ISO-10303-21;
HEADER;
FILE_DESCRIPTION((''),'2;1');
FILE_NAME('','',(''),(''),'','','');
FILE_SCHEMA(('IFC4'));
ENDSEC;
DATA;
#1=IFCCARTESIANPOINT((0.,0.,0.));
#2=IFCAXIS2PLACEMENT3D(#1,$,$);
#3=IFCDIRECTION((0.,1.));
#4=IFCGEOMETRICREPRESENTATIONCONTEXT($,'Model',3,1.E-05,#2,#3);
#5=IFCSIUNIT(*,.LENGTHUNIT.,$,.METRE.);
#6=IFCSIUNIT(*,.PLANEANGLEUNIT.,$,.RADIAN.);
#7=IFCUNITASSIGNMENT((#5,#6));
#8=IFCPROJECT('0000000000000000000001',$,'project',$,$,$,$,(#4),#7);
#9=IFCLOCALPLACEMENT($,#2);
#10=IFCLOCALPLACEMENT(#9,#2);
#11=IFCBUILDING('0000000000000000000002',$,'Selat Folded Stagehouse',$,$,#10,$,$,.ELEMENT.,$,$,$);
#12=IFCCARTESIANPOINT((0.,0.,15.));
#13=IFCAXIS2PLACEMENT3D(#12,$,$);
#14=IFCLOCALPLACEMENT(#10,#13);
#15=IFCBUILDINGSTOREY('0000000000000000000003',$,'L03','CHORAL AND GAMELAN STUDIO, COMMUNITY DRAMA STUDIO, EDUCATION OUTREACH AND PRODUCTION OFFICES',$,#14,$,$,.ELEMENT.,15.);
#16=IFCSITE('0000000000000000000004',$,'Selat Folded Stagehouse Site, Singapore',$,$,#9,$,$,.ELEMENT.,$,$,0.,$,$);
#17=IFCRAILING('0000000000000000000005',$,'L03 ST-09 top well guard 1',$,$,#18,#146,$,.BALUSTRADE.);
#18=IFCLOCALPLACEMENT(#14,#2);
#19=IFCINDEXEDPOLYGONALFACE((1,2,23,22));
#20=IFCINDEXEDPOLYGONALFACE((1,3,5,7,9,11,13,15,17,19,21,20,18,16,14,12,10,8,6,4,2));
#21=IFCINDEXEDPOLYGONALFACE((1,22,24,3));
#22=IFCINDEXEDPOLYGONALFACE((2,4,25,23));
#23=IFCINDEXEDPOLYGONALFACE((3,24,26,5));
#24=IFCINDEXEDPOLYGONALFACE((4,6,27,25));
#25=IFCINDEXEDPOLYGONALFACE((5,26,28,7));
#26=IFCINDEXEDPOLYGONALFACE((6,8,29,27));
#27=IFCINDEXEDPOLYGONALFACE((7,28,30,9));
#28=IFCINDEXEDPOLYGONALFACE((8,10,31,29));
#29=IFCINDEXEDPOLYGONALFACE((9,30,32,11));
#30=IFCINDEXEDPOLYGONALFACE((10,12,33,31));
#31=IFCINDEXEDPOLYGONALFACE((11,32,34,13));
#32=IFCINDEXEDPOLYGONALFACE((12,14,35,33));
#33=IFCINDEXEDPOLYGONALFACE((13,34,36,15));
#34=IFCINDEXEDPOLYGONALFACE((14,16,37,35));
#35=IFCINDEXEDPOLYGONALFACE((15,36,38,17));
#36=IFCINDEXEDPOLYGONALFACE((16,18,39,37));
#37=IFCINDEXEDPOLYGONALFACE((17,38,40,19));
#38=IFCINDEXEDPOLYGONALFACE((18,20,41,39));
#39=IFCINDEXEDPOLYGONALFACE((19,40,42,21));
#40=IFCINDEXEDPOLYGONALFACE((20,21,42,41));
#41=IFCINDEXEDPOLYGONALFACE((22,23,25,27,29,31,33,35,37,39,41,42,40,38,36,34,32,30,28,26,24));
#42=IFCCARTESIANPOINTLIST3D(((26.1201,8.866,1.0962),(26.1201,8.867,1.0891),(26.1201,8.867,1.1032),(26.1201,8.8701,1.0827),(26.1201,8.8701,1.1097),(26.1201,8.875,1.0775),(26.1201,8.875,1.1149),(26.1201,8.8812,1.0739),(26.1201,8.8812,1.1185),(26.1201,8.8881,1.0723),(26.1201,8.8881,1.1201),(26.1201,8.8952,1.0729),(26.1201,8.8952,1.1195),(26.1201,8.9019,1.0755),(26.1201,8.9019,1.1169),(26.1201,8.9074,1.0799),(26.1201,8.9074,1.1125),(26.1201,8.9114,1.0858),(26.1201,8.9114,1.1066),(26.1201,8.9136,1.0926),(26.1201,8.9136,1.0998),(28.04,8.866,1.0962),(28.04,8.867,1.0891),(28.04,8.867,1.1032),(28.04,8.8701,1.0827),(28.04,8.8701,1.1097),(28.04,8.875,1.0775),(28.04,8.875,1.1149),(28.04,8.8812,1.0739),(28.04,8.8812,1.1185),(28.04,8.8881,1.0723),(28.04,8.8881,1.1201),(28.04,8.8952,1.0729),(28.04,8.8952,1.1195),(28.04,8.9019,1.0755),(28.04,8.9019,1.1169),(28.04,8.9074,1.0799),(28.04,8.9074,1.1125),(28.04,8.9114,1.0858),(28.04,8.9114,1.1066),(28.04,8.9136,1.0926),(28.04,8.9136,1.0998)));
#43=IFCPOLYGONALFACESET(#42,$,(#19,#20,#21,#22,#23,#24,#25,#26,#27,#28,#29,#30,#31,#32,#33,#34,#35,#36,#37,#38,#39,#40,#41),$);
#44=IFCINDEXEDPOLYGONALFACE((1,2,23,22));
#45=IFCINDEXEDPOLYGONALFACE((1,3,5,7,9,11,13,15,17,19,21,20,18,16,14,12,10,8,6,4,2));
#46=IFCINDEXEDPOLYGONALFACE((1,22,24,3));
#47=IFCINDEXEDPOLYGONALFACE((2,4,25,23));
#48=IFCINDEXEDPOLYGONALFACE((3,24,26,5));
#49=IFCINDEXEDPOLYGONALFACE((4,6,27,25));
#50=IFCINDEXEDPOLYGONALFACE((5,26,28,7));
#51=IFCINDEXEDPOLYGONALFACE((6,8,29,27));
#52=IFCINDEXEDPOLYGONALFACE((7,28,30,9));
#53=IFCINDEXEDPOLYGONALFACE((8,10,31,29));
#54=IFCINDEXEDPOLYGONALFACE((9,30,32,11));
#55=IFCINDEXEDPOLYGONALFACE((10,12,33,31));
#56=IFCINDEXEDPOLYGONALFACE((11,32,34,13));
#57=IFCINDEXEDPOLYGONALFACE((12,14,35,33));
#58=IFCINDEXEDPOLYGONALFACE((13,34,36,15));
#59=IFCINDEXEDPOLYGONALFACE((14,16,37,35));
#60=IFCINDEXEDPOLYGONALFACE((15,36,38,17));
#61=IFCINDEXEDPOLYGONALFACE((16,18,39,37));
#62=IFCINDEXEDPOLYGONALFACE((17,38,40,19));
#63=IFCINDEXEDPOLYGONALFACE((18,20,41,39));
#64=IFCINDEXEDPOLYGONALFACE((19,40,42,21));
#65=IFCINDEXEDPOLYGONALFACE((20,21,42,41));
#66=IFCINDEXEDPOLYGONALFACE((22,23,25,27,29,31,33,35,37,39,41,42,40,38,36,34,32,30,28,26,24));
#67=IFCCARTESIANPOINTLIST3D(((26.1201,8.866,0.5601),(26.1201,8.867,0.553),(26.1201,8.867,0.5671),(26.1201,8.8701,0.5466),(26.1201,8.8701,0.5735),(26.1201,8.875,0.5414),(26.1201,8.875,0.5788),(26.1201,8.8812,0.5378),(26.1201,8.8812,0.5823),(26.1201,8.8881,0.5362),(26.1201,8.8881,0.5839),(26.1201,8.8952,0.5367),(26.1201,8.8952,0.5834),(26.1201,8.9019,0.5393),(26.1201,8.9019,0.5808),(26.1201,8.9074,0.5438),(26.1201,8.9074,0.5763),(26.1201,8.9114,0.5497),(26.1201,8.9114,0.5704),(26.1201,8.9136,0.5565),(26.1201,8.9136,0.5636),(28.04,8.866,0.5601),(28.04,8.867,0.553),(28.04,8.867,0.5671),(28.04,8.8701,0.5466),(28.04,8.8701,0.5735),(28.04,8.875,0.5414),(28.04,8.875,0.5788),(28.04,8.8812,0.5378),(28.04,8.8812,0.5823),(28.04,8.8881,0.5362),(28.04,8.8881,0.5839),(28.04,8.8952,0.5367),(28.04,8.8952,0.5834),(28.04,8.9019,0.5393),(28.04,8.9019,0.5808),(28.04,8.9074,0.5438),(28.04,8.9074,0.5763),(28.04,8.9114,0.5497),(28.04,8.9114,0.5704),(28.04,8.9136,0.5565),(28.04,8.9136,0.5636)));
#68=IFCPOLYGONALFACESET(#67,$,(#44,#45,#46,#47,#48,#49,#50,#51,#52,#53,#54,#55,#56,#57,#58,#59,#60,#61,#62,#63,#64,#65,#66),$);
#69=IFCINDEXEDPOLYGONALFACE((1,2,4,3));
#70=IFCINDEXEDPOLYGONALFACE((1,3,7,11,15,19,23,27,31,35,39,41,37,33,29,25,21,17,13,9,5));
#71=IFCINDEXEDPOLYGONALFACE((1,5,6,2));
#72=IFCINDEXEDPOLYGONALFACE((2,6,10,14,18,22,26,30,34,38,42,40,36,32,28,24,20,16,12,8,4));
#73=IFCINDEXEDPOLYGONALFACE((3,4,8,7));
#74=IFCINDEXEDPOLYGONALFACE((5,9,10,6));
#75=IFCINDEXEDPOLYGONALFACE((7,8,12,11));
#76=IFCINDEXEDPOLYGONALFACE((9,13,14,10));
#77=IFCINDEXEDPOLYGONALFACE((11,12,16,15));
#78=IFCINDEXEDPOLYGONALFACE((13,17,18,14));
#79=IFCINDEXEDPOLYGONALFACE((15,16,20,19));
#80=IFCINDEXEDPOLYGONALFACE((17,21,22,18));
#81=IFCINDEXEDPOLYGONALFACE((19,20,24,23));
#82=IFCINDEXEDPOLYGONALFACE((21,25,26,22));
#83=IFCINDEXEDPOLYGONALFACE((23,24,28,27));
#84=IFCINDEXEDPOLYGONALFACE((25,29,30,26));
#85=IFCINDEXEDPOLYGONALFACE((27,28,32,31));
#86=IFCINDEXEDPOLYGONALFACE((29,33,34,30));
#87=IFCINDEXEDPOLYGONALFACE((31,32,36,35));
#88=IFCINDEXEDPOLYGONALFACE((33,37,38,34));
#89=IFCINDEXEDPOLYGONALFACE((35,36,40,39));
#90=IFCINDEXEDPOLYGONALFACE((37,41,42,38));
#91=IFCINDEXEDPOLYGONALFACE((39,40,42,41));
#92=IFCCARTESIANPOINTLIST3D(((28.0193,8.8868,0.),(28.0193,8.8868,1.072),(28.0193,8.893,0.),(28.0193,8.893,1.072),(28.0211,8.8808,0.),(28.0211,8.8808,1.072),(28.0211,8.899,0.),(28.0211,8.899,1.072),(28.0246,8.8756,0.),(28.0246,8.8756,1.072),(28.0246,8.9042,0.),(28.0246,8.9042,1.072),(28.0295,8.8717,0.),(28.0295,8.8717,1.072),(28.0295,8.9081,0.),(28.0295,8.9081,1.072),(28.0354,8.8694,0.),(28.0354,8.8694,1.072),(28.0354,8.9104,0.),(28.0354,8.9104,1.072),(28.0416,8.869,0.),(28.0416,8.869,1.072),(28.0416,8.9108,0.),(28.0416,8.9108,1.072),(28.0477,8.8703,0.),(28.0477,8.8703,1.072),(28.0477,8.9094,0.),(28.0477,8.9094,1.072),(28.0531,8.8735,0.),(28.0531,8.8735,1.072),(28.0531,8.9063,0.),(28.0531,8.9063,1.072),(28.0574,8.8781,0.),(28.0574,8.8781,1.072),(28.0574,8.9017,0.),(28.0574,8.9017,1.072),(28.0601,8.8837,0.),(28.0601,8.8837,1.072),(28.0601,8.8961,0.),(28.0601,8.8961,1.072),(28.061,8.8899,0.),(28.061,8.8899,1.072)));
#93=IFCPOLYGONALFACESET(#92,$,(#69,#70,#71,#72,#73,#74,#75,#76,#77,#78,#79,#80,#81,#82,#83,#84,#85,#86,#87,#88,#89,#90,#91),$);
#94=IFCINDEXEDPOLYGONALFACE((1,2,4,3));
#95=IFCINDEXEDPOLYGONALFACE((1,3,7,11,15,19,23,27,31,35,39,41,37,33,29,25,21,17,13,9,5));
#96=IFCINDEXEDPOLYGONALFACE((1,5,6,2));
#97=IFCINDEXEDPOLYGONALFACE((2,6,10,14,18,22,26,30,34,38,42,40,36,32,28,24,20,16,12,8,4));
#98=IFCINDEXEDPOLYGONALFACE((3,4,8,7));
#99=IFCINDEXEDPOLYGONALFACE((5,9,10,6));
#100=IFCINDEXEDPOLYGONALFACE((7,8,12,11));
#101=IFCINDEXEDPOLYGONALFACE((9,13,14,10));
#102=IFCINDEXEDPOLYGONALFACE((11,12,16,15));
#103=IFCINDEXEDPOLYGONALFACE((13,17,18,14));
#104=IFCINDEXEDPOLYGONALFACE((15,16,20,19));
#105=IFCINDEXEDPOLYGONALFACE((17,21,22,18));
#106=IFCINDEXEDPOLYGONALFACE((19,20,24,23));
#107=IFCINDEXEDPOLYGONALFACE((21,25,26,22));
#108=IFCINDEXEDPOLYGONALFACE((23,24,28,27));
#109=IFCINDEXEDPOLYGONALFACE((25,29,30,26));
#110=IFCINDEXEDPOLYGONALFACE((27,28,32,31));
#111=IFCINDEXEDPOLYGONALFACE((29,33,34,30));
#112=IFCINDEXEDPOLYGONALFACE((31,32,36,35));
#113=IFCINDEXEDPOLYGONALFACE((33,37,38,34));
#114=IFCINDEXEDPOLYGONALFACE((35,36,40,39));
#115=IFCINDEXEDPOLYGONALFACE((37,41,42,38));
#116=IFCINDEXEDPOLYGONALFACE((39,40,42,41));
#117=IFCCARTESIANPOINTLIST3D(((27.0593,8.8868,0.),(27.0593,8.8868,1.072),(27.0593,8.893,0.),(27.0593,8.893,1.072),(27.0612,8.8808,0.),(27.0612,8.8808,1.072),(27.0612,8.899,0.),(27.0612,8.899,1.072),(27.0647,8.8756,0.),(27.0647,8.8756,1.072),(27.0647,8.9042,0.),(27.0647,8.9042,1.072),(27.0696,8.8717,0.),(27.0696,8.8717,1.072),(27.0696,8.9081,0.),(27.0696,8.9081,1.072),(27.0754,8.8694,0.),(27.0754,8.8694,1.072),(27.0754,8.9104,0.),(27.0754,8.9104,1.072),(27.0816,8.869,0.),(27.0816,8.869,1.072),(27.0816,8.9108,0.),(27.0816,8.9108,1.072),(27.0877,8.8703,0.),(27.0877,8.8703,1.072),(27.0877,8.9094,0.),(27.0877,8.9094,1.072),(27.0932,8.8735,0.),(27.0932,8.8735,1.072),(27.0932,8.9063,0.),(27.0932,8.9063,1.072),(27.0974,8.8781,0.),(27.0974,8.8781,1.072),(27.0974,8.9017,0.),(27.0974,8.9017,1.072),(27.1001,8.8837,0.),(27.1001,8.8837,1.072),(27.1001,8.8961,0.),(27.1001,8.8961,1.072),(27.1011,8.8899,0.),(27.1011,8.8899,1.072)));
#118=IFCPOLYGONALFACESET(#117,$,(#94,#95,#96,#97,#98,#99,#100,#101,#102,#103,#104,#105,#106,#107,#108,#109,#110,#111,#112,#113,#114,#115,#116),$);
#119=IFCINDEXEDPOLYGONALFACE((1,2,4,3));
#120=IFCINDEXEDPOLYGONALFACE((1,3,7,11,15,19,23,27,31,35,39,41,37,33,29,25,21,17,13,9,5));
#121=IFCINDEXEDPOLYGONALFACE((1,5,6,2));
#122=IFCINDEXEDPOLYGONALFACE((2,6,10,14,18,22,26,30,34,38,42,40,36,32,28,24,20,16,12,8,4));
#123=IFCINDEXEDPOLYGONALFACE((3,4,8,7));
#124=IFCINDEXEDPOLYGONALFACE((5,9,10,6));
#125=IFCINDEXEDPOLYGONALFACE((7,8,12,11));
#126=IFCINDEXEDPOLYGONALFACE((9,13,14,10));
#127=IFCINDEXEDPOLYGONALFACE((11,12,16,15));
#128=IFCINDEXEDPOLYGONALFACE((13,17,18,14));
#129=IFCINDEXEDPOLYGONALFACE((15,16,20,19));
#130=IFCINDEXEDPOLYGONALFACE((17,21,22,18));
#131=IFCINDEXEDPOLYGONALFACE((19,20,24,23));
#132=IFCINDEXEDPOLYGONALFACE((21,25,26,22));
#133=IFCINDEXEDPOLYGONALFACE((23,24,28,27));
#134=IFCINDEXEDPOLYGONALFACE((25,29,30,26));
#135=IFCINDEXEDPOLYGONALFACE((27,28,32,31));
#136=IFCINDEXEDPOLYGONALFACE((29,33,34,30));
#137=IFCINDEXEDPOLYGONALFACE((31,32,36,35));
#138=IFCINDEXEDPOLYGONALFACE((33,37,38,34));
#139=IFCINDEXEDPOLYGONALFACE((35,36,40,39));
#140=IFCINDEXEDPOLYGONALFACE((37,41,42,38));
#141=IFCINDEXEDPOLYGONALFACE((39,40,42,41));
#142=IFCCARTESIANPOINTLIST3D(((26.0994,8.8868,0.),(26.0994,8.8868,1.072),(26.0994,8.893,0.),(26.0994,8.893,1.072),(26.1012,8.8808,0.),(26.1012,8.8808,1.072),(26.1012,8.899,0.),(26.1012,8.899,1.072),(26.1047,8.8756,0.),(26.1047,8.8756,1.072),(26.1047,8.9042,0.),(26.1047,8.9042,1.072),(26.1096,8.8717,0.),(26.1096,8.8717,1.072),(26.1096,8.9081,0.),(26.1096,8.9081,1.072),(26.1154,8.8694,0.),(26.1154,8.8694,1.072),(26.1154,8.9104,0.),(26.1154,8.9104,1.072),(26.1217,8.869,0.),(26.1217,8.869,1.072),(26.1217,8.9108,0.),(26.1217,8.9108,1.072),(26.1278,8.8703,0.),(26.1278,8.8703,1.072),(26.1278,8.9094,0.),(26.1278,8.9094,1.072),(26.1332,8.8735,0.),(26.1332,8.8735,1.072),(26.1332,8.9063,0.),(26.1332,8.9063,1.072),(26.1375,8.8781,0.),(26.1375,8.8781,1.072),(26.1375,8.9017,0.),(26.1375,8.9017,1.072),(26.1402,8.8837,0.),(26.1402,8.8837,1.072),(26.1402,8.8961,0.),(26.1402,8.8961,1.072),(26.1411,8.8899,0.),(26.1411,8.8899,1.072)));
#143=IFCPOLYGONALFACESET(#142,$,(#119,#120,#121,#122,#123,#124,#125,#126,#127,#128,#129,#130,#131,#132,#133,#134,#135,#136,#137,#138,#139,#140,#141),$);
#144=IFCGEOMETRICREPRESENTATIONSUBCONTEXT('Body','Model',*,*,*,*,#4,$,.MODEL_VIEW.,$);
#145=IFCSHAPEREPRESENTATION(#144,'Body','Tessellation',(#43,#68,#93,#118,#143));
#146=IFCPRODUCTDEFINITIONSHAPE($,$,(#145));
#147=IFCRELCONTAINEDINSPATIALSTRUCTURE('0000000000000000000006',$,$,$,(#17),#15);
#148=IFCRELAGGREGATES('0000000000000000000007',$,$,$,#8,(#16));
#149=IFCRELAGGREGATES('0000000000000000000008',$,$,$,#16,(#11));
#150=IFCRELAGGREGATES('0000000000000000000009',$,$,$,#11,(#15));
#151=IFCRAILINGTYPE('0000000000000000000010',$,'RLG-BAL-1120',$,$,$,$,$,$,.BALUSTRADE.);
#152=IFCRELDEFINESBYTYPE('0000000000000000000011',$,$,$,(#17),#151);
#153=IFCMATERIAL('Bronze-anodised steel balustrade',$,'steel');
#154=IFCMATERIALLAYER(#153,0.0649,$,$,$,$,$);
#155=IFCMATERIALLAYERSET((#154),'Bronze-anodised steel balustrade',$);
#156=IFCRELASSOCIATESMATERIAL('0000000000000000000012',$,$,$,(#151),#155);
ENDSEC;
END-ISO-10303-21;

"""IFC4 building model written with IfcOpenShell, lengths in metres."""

from ifc_helpers import new_model, si_unit, direction, frame, origin, origin_2d, place, context, subcontext, project, spatial, circle, extrude, material, layer, layer_set, type_object, element, save


model = new_model("IFC4")

# Units and contexts
model_context = context("Model", 3, precision=1e-05, world=origin(), true_north=direction((0.0, 1.0)))
body_context = subcontext(model_context, "Body", "Model", "MODEL_VIEW")
ifc_project = project(units=[si_unit("LENGTHUNIT", "METRE"), si_unit("PLANEANGLEUNIT", "RADIAN")], contexts=[model_context])

# Site, building, storey
site_placement = place(None, origin())
site = spatial("IfcSite", under=ifc_project, at=site_placement, Name="Selat Folded Stagehouse Site, Singapore", CompositionType="ELEMENT", RefElevation=0.0)
building_placement = place(site_placement, origin())
building = spatial("IfcBuilding", under=site, at=building_placement, Name="Selat Folded Stagehouse", CompositionType="ELEMENT")
storey_placement = place(building_placement, frame((0.0, 0.0, 15.0)))
storey = spatial("IfcBuildingStorey", under=building, at=storey_placement, Name="L03", Description="CHORAL AND GAMELAN STUDIO, COMMUNITY DRAMA STUDIO, EDUCATION OUTREACH AND PRODUCTION OFFICES", CompositionType="ELEMENT", Elevation=15.0)

# Railing
ifc_material_1 = material(Name="Bronze-anodised steel balustrade", Category="steel")
ifc_layer_1 = layer(ifc_material_1, 0.0649)
ifc_layer_set_1 = layer_set([ifc_layer_1], Name="Bronze-anodised steel balustrade")
railing_type = type_object("IfcRailingType", Name="RLG-BAL-1120", PredefinedType="BALUSTRADE", material=ifc_layer_set_1)
railing_1_placement = place(storey_placement, frame((28.04, 8.8899, 0.0)))
element("IfcRailing", 1, at=railing_1_placement, inside=storey, type_object=railing_type, Name="L03 ST-09 top well guard 1", PredefinedType="BALUSTRADE", context=body_context, shape_type="SweptSolid", body=[
    extrude(circle(Radius=0.0239, at=origin_2d()), frame((0.0, 0.0, 1.0962), z_axis=(-1.0, 0.0, 0.0), x_axis=(0.0, -1.0, 0.0)), (0.0, 0.0, 1.0), 1.9199),
    extrude(circle(Radius=0.0239, at=origin_2d()), frame((0.0, 0.0, 0.5601), z_axis=(-1.0, 0.0, 0.0), x_axis=(0.0, -1.0, 0.0)), (0.0, 0.0, 1.0), 1.9199),
    extrude(circle(Radius=0.021, at=origin_2d()), origin(), (0.0, 0.0, 1.0), 1.072),
    extrude(circle(Radius=0.021, at=origin_2d()), frame((-0.96, 0.0, 0.0)), (0.0, 0.0, 1.0), 1.072),
    extrude(circle(Radius=0.021, at=origin_2d()), frame((-1.9199, 0.0, 0.0)), (0.0, 0.0, 1.0), 1.072),
])

save(model, "model.ifc")
